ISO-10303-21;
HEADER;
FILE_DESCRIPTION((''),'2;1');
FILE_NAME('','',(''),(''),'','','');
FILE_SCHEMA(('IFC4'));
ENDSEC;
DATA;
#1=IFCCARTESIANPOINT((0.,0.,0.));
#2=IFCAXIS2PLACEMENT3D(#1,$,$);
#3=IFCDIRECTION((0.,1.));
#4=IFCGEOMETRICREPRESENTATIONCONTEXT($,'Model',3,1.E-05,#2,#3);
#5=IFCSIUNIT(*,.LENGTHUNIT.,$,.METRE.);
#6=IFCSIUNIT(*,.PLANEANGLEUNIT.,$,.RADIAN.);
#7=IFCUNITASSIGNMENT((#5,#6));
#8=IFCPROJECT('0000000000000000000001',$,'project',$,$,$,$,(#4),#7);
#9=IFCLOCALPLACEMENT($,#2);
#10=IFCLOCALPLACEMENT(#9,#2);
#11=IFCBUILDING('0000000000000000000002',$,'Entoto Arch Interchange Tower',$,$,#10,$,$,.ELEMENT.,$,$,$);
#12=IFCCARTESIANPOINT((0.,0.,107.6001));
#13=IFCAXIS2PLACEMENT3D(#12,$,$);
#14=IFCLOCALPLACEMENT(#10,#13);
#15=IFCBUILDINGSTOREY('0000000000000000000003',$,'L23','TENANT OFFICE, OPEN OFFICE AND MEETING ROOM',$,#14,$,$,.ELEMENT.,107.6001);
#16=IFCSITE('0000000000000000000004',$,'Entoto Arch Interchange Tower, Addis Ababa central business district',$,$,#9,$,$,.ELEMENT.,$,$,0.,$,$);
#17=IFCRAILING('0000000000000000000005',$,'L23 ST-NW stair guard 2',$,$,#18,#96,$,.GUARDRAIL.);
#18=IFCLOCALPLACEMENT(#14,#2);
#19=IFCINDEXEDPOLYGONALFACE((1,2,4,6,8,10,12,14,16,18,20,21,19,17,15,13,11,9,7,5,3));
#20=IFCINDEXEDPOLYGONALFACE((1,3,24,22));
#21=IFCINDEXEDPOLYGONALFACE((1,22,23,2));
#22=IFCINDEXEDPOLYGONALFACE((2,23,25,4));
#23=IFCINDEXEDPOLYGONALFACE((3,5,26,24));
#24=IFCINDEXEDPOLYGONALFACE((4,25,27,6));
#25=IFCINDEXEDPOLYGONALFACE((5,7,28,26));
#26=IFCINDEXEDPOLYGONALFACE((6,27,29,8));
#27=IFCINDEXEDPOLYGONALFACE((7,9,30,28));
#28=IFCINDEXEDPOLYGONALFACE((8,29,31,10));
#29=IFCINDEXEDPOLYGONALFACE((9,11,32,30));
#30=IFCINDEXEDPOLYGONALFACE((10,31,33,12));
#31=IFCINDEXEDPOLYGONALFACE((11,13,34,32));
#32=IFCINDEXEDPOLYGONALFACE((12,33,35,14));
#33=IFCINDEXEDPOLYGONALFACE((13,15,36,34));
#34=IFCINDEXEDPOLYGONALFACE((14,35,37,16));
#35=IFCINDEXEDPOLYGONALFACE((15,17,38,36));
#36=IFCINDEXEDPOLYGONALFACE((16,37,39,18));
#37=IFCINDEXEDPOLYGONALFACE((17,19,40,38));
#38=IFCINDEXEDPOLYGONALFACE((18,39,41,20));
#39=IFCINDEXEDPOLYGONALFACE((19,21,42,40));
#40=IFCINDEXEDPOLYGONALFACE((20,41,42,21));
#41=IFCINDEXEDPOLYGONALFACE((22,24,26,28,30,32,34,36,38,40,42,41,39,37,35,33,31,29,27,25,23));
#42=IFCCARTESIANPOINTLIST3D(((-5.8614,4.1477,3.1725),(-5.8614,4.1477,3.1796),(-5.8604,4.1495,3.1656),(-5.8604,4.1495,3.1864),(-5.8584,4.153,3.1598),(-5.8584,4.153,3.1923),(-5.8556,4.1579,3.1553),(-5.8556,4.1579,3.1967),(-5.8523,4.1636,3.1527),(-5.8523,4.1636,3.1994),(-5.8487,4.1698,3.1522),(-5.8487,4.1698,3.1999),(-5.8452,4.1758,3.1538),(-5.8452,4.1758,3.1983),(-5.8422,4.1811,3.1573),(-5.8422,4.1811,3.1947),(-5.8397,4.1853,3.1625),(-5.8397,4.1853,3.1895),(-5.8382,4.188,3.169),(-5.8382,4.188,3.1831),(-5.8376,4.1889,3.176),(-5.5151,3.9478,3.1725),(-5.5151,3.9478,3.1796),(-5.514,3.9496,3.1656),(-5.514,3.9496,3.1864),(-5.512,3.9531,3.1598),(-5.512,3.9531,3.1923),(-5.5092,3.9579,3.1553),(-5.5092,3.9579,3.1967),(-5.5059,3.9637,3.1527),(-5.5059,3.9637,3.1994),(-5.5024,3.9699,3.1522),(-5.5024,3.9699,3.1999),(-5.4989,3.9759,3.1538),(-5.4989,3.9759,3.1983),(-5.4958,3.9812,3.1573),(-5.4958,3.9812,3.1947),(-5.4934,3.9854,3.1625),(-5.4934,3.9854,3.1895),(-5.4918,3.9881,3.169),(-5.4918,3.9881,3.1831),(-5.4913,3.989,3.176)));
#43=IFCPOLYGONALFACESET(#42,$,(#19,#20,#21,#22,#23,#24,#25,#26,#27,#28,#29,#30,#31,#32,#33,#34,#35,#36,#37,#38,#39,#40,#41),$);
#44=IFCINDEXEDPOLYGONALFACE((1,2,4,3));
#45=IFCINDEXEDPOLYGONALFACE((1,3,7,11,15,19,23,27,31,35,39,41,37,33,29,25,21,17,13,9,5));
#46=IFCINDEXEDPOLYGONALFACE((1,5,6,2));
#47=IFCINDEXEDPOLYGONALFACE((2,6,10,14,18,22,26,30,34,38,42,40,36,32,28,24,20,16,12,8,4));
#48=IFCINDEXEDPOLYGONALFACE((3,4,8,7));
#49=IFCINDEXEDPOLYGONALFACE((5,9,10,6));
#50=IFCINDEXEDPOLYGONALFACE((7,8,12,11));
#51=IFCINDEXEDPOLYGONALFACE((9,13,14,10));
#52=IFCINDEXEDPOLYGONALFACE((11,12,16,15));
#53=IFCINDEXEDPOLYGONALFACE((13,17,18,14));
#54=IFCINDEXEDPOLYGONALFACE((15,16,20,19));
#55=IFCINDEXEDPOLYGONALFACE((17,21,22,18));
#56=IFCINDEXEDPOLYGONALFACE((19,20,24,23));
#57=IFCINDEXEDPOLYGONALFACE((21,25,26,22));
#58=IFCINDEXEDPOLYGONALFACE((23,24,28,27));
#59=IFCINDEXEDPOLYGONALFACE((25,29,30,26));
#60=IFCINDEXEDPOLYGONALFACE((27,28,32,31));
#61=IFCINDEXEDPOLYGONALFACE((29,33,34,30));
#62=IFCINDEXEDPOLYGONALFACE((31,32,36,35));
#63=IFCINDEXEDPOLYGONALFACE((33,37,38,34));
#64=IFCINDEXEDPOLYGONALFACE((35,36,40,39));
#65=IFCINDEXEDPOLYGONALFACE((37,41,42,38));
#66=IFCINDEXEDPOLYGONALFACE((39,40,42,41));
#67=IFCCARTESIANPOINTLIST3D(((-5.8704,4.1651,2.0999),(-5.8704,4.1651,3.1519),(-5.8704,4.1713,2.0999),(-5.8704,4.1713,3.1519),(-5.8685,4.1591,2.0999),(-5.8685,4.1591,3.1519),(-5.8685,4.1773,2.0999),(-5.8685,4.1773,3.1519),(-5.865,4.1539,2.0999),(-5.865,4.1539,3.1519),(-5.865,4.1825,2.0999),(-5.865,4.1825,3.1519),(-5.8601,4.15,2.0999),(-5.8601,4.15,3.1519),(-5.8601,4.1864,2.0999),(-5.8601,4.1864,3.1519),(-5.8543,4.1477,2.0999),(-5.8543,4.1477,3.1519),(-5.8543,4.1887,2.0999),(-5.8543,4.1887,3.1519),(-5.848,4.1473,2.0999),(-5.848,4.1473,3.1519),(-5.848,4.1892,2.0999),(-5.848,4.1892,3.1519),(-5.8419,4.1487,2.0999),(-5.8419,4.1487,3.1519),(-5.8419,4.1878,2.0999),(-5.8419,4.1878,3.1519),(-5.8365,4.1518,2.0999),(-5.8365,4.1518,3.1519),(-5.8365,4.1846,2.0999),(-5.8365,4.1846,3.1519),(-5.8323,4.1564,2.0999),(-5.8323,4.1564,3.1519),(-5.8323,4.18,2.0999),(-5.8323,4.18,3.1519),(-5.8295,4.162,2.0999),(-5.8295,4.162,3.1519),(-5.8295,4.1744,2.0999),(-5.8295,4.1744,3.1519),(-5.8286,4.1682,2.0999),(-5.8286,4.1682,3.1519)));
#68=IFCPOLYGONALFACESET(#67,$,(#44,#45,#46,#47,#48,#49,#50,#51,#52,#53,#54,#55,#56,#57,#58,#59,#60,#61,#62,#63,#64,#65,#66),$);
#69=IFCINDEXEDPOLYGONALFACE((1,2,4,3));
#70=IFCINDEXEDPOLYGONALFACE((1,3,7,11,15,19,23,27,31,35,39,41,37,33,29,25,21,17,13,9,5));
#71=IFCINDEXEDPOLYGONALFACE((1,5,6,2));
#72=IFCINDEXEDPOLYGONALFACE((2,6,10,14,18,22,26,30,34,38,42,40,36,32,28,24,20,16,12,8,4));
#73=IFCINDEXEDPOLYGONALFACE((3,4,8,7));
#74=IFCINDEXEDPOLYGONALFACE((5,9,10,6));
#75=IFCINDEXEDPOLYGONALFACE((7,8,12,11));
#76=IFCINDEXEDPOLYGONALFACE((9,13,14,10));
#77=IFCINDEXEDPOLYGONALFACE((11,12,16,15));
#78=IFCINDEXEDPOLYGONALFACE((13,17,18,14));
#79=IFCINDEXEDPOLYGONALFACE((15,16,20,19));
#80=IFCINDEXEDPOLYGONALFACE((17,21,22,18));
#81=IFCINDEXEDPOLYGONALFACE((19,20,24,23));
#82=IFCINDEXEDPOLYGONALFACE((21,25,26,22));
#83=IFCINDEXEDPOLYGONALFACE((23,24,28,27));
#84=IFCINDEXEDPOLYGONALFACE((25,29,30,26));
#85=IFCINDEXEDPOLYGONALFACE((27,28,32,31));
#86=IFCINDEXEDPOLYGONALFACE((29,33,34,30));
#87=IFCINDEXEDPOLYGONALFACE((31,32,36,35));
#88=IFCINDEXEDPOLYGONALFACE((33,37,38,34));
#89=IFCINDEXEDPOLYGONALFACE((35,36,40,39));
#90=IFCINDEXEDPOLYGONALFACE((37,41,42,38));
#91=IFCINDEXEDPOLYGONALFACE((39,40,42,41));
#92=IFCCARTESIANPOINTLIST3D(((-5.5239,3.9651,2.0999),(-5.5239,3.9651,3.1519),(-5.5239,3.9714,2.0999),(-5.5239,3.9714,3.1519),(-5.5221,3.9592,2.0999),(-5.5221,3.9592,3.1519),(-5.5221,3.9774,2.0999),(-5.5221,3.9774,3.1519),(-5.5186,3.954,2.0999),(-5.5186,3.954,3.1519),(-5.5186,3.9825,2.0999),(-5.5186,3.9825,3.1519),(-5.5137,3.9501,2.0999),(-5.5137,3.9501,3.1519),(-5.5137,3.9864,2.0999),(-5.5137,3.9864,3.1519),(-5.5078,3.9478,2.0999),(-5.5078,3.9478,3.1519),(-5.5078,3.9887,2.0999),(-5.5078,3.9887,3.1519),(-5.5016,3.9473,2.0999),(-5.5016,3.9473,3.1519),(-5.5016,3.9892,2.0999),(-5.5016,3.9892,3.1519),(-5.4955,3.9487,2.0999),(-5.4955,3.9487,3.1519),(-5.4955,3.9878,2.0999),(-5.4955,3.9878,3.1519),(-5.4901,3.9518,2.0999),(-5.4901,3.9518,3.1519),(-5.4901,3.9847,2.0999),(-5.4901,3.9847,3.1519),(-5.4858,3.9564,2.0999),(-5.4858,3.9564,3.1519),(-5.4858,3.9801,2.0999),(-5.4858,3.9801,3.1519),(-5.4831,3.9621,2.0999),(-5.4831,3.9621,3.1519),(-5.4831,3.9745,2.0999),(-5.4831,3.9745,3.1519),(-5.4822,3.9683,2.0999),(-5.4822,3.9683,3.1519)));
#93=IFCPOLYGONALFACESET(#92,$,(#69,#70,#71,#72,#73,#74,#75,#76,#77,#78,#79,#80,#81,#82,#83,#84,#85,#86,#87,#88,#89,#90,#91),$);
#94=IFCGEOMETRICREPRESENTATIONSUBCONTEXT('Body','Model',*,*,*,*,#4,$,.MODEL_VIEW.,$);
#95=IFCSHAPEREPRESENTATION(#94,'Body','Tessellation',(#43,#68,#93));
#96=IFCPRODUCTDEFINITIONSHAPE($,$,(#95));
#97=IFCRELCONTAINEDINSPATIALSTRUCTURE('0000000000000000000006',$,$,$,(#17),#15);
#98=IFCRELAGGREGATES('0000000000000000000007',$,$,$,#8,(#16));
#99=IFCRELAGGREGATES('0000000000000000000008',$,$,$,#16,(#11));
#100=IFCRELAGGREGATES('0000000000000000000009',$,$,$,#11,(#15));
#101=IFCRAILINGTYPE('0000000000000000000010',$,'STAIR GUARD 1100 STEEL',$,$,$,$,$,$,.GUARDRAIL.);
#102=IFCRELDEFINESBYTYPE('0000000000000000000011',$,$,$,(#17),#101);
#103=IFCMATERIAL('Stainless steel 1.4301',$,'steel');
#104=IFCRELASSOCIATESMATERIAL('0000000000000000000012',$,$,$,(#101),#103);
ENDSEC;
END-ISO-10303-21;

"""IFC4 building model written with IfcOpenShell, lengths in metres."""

from ifc_helpers import new_model, si_unit, direction, frame, origin, origin_2d, place, context, subcontext, project, spatial, circle, extrude, material, type_object, element, save


model = new_model("IFC4")

# Units and contexts
model_context = context("Model", 3, precision=1e-05, world=origin(), true_north=direction((0.0, 1.0)))
body_context = subcontext(model_context, "Body", "Model", "MODEL_VIEW")
ifc_project = project(units=[si_unit("LENGTHUNIT", "METRE"), si_unit("PLANEANGLEUNIT", "RADIAN")], contexts=[model_context])

# Site, building, storey
site_placement = place(None, origin())
site = spatial("IfcSite", under=ifc_project, at=site_placement, Name="Entoto Arch Interchange Tower, Addis Ababa central business district", CompositionType="ELEMENT", RefElevation=0.0)
building_placement = place(site_placement, origin())
building = spatial("IfcBuilding", under=site, at=building_placement, Name="Entoto Arch Interchange Tower", CompositionType="ELEMENT")
storey_placement = place(building_placement, frame((0.0, 0.0, 107.6001)))
storey = spatial("IfcBuildingStorey", under=building, at=storey_placement, Name="L23", Description="TENANT OFFICE, OPEN OFFICE AND MEETING ROOM", CompositionType="ELEMENT", Elevation=107.6001)

# Railing
ifc_material_1 = material(Name="Stainless steel 1.4301", Category="steel")
railing_type_1 = type_object("IfcRailingType", Name="STAIR GUARD 1100 STEEL", PredefinedType="GUARDRAIL", material=ifc_material_1)
railing_1_placement = place(storey_placement, frame((-5.8496, 4.1682, 2.0999)))
element("IfcRailing", 1, at=railing_1_placement, inside=storey, type_object=railing_type_1, Name="L23 ST-NW stair guard 2", PredefinedType="GUARDRAIL", context=body_context, shape_type="SweptSolid", body=[
    extrude(circle(Radius=0.0239, at=origin_2d()), frame((0.0, 0.0, 1.0762), z_axis=(0.866094, -0.499881, 0.0), x_axis=(0.499881, 0.866094, 0.0)), (0.0, 0.0, 1.0), 0.3999),
    extrude(circle(Radius=0.021, at=origin_2d()), origin(), (0.0, 0.0, 1.0), 1.052),
    extrude(circle(Radius=0.021, at=origin_2d()), frame((0.3464, -0.2, 0.0)), (0.0, 0.0, 1.0), 1.052),
])

save(model, "model.ifc")
